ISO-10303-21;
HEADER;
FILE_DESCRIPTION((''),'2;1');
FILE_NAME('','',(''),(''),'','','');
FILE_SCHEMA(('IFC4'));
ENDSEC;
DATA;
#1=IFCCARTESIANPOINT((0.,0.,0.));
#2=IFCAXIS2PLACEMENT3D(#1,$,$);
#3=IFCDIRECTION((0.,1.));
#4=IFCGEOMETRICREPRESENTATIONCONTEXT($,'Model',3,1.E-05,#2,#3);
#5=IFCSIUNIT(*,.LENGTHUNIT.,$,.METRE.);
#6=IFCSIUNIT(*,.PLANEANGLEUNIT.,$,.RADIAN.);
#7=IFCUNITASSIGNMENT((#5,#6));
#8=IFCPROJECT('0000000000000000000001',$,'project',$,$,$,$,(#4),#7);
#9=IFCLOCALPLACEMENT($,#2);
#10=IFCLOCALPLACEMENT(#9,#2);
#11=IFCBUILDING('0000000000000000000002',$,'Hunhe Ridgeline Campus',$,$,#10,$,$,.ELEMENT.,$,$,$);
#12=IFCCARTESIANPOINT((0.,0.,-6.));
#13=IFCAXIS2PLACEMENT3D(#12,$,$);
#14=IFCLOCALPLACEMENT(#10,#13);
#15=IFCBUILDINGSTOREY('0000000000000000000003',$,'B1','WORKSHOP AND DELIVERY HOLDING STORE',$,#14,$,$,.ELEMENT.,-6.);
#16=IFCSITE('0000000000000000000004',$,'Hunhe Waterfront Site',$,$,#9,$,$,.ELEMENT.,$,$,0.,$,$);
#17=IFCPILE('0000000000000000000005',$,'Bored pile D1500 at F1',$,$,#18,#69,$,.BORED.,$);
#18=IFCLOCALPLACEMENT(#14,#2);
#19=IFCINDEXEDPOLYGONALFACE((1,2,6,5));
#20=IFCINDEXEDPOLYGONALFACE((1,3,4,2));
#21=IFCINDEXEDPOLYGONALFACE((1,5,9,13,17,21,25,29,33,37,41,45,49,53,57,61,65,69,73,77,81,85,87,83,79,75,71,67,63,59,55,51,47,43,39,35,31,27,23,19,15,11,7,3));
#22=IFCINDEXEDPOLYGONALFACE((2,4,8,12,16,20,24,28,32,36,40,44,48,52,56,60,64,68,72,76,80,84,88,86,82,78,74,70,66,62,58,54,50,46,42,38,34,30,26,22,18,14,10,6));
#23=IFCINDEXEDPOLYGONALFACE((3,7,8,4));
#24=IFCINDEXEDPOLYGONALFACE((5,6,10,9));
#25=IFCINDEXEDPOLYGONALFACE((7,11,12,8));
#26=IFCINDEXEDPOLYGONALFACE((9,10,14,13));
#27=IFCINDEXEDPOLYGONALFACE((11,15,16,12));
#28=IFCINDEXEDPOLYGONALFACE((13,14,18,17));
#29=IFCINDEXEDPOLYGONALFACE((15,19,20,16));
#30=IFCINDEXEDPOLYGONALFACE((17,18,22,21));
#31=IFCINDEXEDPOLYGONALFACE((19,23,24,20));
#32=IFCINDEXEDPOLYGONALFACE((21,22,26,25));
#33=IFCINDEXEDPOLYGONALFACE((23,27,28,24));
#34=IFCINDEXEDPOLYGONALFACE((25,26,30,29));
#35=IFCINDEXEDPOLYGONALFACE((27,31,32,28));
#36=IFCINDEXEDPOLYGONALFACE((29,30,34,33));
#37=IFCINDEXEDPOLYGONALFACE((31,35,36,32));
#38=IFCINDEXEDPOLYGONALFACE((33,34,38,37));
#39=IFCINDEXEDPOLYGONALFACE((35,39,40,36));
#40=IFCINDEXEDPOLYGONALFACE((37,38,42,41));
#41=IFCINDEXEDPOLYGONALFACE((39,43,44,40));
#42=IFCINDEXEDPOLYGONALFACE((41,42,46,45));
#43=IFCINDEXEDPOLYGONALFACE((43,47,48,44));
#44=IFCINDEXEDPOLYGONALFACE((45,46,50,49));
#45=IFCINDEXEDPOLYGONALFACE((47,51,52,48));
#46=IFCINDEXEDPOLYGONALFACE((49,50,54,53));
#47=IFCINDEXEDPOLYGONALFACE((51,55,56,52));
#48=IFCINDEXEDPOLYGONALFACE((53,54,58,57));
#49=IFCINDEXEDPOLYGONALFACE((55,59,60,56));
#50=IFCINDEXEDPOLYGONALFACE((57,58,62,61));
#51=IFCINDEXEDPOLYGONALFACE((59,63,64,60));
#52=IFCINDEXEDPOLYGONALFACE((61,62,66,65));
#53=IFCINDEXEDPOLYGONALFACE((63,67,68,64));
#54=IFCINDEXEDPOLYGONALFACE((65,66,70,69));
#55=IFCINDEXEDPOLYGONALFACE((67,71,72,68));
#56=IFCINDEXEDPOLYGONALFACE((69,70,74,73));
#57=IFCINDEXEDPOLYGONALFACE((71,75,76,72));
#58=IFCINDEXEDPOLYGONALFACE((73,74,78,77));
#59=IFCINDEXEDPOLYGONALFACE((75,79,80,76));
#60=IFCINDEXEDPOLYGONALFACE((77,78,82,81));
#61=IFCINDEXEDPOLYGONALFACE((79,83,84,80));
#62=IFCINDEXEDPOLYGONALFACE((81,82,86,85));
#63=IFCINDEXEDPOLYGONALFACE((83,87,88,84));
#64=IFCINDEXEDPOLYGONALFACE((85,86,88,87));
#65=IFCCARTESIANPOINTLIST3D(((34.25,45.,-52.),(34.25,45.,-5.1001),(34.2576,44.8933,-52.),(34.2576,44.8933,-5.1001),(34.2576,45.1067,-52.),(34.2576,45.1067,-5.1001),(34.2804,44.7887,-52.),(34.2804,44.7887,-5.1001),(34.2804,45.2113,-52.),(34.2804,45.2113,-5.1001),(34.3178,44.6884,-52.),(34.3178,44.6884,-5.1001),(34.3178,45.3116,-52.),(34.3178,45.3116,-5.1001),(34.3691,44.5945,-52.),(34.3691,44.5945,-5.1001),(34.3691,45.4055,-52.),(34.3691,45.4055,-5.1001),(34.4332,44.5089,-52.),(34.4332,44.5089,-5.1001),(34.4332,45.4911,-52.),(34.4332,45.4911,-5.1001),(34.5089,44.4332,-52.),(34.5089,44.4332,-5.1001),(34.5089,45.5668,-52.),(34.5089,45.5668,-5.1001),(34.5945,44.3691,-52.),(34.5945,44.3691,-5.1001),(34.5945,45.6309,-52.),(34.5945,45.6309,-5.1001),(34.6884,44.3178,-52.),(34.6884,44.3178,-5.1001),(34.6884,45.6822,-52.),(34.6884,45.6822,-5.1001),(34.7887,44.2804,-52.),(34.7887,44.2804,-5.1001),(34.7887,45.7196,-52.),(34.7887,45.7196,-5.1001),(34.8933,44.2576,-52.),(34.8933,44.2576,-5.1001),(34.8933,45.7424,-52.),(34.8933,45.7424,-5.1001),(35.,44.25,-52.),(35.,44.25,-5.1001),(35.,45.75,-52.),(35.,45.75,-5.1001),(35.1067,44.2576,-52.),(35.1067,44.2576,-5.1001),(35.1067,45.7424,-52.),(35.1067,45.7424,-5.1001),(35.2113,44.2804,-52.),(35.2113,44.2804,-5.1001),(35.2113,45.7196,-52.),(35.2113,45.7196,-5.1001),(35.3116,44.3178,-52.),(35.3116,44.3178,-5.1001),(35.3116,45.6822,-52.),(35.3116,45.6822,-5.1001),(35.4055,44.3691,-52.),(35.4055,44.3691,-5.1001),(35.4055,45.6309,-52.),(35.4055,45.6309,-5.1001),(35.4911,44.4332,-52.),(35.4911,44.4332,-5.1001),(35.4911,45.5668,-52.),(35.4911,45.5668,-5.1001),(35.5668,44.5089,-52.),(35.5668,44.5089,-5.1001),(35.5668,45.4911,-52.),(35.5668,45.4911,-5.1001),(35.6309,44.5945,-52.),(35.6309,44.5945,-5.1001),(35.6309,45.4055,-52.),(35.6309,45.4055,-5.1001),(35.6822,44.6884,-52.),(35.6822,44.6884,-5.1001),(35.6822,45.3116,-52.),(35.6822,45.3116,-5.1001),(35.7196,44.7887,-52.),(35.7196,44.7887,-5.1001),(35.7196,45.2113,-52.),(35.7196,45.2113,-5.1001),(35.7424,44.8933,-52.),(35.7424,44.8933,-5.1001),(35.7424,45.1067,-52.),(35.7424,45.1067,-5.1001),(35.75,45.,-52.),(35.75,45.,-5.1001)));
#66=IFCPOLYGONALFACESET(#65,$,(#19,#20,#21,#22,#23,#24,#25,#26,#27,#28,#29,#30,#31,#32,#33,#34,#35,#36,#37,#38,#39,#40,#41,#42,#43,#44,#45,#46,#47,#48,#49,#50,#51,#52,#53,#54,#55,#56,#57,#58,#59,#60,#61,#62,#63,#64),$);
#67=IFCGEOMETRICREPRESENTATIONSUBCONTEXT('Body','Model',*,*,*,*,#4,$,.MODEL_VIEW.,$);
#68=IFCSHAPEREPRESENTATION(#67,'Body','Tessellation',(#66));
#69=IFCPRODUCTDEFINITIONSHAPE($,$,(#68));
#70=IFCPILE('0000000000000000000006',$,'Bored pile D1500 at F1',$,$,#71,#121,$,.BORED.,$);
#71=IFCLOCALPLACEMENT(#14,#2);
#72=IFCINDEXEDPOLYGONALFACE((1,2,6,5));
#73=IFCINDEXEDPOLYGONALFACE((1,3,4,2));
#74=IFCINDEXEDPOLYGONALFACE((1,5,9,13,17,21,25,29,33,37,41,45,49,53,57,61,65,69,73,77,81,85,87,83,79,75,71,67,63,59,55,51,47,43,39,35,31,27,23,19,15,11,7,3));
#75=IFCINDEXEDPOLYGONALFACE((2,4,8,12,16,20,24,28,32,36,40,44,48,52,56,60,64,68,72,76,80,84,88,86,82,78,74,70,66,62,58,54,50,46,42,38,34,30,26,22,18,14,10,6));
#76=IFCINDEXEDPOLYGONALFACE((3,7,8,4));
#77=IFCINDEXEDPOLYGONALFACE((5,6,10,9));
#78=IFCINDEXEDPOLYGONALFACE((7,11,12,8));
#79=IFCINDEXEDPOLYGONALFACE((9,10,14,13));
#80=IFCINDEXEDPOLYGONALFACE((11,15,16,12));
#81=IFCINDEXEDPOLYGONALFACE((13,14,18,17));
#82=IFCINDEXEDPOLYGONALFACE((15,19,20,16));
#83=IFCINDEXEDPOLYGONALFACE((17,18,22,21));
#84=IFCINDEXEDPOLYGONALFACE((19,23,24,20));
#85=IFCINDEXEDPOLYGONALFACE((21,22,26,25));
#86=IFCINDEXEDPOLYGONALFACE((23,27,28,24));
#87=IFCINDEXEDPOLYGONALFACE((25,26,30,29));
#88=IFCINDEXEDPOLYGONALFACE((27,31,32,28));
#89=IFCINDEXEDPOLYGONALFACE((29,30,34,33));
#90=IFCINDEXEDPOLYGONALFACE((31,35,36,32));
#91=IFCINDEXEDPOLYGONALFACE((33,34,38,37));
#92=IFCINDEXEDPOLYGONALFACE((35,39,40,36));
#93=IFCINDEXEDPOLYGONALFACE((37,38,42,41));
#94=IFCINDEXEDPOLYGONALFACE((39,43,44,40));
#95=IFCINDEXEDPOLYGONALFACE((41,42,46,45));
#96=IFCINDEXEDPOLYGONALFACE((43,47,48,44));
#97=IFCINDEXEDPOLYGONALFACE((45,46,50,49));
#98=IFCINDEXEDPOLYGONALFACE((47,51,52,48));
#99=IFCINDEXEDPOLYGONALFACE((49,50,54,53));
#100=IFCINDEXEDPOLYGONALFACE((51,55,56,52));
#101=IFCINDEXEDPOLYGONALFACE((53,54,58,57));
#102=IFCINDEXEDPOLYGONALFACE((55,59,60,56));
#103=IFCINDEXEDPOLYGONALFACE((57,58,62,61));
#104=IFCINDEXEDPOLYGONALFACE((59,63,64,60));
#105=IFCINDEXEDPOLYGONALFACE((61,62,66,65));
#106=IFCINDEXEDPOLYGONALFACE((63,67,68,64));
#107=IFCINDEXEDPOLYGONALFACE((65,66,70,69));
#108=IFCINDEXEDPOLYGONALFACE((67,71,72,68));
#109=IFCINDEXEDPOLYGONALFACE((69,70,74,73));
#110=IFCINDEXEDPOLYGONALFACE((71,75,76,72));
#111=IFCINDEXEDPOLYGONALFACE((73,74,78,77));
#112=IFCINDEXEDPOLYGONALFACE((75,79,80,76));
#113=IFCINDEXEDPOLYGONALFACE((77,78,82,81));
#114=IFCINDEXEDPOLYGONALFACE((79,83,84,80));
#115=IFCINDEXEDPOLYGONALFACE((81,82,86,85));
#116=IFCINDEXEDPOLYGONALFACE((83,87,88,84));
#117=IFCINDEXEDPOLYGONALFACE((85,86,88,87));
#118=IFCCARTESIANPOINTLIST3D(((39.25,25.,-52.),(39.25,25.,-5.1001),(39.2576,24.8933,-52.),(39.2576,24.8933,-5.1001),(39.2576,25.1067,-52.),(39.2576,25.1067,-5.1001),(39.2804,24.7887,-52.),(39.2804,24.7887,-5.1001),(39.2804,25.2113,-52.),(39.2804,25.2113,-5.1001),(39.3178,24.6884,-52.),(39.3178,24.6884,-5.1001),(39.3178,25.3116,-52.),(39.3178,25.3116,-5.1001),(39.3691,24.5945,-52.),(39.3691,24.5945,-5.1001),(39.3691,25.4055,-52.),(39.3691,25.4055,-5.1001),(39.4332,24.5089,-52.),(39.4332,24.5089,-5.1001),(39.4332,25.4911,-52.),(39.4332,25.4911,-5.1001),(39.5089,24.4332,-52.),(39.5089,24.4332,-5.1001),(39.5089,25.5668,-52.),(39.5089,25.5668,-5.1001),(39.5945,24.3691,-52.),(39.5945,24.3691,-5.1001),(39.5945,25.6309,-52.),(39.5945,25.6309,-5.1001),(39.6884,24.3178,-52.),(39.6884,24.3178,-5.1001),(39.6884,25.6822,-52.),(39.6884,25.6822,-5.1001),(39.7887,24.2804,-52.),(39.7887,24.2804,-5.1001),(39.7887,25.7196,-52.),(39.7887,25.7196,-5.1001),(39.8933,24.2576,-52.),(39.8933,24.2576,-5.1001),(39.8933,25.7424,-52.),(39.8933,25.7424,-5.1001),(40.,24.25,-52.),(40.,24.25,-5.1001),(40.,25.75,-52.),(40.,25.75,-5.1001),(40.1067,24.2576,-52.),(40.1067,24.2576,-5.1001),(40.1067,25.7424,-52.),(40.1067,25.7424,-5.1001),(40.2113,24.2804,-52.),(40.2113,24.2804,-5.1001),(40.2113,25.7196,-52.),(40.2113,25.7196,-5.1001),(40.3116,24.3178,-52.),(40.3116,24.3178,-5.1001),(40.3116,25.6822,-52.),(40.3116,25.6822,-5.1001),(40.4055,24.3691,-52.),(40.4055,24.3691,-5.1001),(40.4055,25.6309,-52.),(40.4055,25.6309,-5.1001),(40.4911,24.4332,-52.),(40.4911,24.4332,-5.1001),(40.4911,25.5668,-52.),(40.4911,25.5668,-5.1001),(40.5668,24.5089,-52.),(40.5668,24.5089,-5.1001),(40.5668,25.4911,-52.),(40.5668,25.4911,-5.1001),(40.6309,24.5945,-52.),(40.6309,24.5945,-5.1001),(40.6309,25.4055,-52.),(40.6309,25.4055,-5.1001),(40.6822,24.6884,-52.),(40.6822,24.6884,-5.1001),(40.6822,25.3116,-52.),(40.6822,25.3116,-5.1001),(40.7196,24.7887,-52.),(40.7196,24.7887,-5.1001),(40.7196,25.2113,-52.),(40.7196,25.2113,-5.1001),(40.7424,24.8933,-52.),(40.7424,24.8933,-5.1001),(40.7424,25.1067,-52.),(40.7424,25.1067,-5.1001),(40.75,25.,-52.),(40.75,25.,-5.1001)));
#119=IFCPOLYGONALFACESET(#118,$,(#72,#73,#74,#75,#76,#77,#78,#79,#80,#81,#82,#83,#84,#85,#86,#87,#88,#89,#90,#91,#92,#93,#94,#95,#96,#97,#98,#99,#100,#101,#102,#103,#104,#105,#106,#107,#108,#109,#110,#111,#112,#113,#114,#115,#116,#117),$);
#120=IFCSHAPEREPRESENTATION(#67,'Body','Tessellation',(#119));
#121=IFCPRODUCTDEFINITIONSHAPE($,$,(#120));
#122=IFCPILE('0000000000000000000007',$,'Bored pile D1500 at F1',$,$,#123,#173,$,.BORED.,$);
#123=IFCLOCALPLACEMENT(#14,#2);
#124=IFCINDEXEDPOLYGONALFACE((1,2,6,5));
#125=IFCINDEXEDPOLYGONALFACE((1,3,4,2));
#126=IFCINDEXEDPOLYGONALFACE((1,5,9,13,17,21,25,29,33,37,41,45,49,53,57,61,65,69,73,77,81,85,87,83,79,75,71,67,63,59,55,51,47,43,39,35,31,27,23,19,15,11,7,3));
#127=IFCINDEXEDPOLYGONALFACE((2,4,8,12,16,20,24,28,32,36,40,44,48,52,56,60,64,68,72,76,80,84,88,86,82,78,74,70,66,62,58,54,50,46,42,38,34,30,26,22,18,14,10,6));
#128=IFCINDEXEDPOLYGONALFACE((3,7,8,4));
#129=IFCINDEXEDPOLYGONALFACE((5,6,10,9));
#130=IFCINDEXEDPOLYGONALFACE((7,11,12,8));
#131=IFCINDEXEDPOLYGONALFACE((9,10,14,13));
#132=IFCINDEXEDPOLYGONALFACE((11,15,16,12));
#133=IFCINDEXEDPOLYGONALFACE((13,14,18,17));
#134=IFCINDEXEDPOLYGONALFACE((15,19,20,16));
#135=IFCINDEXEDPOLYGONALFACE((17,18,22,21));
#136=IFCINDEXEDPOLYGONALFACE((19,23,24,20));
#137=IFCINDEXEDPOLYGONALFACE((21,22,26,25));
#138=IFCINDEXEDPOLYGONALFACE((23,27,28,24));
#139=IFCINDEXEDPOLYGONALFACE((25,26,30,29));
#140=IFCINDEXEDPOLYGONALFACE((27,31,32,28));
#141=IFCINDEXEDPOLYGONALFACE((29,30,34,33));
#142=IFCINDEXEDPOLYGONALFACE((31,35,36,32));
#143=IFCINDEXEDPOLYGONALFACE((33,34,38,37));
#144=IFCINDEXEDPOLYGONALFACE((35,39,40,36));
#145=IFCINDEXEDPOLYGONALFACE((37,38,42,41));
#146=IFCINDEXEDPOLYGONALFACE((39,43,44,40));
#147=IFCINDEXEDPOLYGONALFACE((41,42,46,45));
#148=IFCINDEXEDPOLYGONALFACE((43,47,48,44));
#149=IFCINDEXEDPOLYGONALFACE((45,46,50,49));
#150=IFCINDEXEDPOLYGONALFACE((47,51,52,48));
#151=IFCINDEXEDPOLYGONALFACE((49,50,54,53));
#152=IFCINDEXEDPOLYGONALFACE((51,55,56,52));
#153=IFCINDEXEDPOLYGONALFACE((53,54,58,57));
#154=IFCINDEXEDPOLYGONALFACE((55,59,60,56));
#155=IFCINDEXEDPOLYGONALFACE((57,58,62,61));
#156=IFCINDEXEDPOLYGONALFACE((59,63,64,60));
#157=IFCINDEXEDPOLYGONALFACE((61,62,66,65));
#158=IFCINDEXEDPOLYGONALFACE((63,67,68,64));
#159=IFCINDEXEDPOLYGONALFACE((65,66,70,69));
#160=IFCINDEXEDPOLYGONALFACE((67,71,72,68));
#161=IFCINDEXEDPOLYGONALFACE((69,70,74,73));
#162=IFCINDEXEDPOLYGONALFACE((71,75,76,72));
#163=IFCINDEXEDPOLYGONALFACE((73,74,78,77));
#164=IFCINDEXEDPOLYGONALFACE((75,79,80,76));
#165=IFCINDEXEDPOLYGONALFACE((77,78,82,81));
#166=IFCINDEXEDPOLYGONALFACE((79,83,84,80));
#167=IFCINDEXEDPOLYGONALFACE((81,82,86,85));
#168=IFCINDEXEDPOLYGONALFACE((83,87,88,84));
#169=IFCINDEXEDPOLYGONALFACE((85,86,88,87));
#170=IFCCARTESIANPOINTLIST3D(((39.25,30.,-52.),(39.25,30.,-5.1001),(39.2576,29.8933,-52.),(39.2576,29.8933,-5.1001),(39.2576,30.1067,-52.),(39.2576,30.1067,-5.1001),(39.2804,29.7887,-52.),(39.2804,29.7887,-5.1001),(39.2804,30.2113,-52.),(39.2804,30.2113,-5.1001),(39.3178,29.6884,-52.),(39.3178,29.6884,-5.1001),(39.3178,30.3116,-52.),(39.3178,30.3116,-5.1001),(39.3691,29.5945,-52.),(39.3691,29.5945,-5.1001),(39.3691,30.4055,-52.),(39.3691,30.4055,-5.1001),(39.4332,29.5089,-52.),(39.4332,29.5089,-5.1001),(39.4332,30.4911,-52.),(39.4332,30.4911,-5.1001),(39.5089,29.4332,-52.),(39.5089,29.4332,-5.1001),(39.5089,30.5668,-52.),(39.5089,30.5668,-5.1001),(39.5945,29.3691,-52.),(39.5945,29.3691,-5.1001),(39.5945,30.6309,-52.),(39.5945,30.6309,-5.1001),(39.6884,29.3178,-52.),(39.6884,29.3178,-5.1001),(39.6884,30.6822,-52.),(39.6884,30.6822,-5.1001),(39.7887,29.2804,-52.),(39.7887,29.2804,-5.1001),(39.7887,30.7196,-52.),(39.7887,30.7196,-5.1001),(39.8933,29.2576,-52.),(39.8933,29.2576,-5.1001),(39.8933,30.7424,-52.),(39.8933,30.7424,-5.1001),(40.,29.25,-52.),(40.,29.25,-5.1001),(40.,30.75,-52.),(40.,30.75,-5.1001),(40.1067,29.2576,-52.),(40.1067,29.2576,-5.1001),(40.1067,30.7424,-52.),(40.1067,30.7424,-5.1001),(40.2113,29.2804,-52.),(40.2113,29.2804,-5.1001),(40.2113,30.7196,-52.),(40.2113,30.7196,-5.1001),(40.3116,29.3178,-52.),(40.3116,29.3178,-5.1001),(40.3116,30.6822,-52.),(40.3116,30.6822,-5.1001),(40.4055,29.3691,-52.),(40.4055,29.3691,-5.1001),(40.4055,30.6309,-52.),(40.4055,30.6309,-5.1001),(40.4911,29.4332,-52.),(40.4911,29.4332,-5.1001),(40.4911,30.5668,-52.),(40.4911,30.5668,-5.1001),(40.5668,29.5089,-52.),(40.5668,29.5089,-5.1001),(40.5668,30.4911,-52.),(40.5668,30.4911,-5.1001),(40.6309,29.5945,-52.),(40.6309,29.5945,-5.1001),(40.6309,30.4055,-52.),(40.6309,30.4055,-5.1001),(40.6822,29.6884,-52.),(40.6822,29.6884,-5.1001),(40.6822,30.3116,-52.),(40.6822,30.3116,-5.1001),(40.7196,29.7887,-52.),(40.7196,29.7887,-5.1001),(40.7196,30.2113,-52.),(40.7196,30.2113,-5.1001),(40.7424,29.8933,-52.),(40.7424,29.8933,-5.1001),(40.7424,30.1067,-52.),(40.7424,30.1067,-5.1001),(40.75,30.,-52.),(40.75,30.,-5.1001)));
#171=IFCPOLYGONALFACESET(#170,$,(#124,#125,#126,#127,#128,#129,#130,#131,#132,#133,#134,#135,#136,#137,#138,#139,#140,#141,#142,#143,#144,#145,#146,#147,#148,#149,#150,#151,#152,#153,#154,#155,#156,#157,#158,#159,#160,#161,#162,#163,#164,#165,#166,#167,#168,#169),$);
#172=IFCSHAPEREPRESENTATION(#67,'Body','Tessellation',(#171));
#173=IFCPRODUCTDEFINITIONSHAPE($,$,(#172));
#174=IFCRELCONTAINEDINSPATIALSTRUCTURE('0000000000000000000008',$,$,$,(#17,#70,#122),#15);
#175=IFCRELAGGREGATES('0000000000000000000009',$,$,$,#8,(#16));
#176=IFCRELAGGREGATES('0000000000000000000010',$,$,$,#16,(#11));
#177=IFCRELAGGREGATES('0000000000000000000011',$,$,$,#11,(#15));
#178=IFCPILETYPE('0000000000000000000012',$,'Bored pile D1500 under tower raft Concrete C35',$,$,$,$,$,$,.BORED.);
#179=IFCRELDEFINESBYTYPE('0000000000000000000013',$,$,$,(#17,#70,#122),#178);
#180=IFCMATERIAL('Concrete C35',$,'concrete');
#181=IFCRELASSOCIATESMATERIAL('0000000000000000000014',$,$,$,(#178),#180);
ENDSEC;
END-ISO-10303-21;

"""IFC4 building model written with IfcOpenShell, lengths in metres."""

from ifc_helpers import new_model, si_unit, direction, frame, origin, origin_2d, place, context, subcontext, project, spatial, circle, extrude, material, material_profile, profile_set, type_object, element, save


model = new_model("IFC4")

# Units and contexts
model_context = context("Model", 3, precision=1e-05, world=origin(), true_north=direction((0.0, 1.0)))
body_context = subcontext(model_context, "Body", "Model", "MODEL_VIEW")
ifc_project = project(units=[si_unit("LENGTHUNIT", "METRE"), si_unit("PLANEANGLEUNIT", "RADIAN")], contexts=[model_context])

# Site, building, storey
site_placement = place(None, origin())
site = spatial("IfcSite", under=ifc_project, at=site_placement, Name="Hunhe Waterfront Site", CompositionType="ELEMENT", RefElevation=0.0)
building_placement = place(site_placement, origin())
building = spatial("IfcBuilding", under=site, at=building_placement, Name="Hunhe Ridgeline Campus", CompositionType="ELEMENT")
storey_placement = place(building_placement, frame((0.0, 0.0, -6.0)))
storey = spatial("IfcBuildingStorey", under=building, at=storey_placement, Name="B1", Description="WORKSHOP AND DELIVERY HOLDING STORE", CompositionType="ELEMENT", Elevation=-6.0)

# Piles
ifc_material_1 = material(Name="Concrete C35", Category="concrete")
ifc_material_profile_1 = material_profile(ifc_material_1, circle(Radius=0.75, at=origin_2d()))
ifc_profile_set_1 = profile_set([ifc_material_profile_1], Name="Concrete C35")
pile_type = type_object("IfcPileType", Name="Bored pile D1500 under tower raft Concrete C35", PredefinedType="BORED", material=ifc_profile_set_1)
for number, where, z_axis, x_axis, name in (
    (1, (35.0, 45.0, -5.1001), (0.0, 0.0, -1.0), (1.0, 0.0, 0.0), "Bored pile D1500 at F1"),
    (2, (40.0, 25.0, -5.1001), (0.0, 0.0, -1.0), (1.0, 0.0, 0.0), "Bored pile D1500 at F1"),
    (3, (40.0, 30.0, -5.1001), (0.0, 0.0, -1.0), (1.0, 0.0, 0.0), "Bored pile D1500 at F1"),
):
    element("IfcPile", number, at=place(storey_placement, frame(where, z_axis=z_axis, x_axis=x_axis)), inside=storey, type_object=pile_type, Name=name, PredefinedType="BORED", context=body_context, shape_type="SweptSolid", body=[
        extrude(circle(Radius=0.75, at=origin_2d()), origin(), (0.0, 0.0, 1.0), 46.8999),
    ])

save(model, "model.ifc")
